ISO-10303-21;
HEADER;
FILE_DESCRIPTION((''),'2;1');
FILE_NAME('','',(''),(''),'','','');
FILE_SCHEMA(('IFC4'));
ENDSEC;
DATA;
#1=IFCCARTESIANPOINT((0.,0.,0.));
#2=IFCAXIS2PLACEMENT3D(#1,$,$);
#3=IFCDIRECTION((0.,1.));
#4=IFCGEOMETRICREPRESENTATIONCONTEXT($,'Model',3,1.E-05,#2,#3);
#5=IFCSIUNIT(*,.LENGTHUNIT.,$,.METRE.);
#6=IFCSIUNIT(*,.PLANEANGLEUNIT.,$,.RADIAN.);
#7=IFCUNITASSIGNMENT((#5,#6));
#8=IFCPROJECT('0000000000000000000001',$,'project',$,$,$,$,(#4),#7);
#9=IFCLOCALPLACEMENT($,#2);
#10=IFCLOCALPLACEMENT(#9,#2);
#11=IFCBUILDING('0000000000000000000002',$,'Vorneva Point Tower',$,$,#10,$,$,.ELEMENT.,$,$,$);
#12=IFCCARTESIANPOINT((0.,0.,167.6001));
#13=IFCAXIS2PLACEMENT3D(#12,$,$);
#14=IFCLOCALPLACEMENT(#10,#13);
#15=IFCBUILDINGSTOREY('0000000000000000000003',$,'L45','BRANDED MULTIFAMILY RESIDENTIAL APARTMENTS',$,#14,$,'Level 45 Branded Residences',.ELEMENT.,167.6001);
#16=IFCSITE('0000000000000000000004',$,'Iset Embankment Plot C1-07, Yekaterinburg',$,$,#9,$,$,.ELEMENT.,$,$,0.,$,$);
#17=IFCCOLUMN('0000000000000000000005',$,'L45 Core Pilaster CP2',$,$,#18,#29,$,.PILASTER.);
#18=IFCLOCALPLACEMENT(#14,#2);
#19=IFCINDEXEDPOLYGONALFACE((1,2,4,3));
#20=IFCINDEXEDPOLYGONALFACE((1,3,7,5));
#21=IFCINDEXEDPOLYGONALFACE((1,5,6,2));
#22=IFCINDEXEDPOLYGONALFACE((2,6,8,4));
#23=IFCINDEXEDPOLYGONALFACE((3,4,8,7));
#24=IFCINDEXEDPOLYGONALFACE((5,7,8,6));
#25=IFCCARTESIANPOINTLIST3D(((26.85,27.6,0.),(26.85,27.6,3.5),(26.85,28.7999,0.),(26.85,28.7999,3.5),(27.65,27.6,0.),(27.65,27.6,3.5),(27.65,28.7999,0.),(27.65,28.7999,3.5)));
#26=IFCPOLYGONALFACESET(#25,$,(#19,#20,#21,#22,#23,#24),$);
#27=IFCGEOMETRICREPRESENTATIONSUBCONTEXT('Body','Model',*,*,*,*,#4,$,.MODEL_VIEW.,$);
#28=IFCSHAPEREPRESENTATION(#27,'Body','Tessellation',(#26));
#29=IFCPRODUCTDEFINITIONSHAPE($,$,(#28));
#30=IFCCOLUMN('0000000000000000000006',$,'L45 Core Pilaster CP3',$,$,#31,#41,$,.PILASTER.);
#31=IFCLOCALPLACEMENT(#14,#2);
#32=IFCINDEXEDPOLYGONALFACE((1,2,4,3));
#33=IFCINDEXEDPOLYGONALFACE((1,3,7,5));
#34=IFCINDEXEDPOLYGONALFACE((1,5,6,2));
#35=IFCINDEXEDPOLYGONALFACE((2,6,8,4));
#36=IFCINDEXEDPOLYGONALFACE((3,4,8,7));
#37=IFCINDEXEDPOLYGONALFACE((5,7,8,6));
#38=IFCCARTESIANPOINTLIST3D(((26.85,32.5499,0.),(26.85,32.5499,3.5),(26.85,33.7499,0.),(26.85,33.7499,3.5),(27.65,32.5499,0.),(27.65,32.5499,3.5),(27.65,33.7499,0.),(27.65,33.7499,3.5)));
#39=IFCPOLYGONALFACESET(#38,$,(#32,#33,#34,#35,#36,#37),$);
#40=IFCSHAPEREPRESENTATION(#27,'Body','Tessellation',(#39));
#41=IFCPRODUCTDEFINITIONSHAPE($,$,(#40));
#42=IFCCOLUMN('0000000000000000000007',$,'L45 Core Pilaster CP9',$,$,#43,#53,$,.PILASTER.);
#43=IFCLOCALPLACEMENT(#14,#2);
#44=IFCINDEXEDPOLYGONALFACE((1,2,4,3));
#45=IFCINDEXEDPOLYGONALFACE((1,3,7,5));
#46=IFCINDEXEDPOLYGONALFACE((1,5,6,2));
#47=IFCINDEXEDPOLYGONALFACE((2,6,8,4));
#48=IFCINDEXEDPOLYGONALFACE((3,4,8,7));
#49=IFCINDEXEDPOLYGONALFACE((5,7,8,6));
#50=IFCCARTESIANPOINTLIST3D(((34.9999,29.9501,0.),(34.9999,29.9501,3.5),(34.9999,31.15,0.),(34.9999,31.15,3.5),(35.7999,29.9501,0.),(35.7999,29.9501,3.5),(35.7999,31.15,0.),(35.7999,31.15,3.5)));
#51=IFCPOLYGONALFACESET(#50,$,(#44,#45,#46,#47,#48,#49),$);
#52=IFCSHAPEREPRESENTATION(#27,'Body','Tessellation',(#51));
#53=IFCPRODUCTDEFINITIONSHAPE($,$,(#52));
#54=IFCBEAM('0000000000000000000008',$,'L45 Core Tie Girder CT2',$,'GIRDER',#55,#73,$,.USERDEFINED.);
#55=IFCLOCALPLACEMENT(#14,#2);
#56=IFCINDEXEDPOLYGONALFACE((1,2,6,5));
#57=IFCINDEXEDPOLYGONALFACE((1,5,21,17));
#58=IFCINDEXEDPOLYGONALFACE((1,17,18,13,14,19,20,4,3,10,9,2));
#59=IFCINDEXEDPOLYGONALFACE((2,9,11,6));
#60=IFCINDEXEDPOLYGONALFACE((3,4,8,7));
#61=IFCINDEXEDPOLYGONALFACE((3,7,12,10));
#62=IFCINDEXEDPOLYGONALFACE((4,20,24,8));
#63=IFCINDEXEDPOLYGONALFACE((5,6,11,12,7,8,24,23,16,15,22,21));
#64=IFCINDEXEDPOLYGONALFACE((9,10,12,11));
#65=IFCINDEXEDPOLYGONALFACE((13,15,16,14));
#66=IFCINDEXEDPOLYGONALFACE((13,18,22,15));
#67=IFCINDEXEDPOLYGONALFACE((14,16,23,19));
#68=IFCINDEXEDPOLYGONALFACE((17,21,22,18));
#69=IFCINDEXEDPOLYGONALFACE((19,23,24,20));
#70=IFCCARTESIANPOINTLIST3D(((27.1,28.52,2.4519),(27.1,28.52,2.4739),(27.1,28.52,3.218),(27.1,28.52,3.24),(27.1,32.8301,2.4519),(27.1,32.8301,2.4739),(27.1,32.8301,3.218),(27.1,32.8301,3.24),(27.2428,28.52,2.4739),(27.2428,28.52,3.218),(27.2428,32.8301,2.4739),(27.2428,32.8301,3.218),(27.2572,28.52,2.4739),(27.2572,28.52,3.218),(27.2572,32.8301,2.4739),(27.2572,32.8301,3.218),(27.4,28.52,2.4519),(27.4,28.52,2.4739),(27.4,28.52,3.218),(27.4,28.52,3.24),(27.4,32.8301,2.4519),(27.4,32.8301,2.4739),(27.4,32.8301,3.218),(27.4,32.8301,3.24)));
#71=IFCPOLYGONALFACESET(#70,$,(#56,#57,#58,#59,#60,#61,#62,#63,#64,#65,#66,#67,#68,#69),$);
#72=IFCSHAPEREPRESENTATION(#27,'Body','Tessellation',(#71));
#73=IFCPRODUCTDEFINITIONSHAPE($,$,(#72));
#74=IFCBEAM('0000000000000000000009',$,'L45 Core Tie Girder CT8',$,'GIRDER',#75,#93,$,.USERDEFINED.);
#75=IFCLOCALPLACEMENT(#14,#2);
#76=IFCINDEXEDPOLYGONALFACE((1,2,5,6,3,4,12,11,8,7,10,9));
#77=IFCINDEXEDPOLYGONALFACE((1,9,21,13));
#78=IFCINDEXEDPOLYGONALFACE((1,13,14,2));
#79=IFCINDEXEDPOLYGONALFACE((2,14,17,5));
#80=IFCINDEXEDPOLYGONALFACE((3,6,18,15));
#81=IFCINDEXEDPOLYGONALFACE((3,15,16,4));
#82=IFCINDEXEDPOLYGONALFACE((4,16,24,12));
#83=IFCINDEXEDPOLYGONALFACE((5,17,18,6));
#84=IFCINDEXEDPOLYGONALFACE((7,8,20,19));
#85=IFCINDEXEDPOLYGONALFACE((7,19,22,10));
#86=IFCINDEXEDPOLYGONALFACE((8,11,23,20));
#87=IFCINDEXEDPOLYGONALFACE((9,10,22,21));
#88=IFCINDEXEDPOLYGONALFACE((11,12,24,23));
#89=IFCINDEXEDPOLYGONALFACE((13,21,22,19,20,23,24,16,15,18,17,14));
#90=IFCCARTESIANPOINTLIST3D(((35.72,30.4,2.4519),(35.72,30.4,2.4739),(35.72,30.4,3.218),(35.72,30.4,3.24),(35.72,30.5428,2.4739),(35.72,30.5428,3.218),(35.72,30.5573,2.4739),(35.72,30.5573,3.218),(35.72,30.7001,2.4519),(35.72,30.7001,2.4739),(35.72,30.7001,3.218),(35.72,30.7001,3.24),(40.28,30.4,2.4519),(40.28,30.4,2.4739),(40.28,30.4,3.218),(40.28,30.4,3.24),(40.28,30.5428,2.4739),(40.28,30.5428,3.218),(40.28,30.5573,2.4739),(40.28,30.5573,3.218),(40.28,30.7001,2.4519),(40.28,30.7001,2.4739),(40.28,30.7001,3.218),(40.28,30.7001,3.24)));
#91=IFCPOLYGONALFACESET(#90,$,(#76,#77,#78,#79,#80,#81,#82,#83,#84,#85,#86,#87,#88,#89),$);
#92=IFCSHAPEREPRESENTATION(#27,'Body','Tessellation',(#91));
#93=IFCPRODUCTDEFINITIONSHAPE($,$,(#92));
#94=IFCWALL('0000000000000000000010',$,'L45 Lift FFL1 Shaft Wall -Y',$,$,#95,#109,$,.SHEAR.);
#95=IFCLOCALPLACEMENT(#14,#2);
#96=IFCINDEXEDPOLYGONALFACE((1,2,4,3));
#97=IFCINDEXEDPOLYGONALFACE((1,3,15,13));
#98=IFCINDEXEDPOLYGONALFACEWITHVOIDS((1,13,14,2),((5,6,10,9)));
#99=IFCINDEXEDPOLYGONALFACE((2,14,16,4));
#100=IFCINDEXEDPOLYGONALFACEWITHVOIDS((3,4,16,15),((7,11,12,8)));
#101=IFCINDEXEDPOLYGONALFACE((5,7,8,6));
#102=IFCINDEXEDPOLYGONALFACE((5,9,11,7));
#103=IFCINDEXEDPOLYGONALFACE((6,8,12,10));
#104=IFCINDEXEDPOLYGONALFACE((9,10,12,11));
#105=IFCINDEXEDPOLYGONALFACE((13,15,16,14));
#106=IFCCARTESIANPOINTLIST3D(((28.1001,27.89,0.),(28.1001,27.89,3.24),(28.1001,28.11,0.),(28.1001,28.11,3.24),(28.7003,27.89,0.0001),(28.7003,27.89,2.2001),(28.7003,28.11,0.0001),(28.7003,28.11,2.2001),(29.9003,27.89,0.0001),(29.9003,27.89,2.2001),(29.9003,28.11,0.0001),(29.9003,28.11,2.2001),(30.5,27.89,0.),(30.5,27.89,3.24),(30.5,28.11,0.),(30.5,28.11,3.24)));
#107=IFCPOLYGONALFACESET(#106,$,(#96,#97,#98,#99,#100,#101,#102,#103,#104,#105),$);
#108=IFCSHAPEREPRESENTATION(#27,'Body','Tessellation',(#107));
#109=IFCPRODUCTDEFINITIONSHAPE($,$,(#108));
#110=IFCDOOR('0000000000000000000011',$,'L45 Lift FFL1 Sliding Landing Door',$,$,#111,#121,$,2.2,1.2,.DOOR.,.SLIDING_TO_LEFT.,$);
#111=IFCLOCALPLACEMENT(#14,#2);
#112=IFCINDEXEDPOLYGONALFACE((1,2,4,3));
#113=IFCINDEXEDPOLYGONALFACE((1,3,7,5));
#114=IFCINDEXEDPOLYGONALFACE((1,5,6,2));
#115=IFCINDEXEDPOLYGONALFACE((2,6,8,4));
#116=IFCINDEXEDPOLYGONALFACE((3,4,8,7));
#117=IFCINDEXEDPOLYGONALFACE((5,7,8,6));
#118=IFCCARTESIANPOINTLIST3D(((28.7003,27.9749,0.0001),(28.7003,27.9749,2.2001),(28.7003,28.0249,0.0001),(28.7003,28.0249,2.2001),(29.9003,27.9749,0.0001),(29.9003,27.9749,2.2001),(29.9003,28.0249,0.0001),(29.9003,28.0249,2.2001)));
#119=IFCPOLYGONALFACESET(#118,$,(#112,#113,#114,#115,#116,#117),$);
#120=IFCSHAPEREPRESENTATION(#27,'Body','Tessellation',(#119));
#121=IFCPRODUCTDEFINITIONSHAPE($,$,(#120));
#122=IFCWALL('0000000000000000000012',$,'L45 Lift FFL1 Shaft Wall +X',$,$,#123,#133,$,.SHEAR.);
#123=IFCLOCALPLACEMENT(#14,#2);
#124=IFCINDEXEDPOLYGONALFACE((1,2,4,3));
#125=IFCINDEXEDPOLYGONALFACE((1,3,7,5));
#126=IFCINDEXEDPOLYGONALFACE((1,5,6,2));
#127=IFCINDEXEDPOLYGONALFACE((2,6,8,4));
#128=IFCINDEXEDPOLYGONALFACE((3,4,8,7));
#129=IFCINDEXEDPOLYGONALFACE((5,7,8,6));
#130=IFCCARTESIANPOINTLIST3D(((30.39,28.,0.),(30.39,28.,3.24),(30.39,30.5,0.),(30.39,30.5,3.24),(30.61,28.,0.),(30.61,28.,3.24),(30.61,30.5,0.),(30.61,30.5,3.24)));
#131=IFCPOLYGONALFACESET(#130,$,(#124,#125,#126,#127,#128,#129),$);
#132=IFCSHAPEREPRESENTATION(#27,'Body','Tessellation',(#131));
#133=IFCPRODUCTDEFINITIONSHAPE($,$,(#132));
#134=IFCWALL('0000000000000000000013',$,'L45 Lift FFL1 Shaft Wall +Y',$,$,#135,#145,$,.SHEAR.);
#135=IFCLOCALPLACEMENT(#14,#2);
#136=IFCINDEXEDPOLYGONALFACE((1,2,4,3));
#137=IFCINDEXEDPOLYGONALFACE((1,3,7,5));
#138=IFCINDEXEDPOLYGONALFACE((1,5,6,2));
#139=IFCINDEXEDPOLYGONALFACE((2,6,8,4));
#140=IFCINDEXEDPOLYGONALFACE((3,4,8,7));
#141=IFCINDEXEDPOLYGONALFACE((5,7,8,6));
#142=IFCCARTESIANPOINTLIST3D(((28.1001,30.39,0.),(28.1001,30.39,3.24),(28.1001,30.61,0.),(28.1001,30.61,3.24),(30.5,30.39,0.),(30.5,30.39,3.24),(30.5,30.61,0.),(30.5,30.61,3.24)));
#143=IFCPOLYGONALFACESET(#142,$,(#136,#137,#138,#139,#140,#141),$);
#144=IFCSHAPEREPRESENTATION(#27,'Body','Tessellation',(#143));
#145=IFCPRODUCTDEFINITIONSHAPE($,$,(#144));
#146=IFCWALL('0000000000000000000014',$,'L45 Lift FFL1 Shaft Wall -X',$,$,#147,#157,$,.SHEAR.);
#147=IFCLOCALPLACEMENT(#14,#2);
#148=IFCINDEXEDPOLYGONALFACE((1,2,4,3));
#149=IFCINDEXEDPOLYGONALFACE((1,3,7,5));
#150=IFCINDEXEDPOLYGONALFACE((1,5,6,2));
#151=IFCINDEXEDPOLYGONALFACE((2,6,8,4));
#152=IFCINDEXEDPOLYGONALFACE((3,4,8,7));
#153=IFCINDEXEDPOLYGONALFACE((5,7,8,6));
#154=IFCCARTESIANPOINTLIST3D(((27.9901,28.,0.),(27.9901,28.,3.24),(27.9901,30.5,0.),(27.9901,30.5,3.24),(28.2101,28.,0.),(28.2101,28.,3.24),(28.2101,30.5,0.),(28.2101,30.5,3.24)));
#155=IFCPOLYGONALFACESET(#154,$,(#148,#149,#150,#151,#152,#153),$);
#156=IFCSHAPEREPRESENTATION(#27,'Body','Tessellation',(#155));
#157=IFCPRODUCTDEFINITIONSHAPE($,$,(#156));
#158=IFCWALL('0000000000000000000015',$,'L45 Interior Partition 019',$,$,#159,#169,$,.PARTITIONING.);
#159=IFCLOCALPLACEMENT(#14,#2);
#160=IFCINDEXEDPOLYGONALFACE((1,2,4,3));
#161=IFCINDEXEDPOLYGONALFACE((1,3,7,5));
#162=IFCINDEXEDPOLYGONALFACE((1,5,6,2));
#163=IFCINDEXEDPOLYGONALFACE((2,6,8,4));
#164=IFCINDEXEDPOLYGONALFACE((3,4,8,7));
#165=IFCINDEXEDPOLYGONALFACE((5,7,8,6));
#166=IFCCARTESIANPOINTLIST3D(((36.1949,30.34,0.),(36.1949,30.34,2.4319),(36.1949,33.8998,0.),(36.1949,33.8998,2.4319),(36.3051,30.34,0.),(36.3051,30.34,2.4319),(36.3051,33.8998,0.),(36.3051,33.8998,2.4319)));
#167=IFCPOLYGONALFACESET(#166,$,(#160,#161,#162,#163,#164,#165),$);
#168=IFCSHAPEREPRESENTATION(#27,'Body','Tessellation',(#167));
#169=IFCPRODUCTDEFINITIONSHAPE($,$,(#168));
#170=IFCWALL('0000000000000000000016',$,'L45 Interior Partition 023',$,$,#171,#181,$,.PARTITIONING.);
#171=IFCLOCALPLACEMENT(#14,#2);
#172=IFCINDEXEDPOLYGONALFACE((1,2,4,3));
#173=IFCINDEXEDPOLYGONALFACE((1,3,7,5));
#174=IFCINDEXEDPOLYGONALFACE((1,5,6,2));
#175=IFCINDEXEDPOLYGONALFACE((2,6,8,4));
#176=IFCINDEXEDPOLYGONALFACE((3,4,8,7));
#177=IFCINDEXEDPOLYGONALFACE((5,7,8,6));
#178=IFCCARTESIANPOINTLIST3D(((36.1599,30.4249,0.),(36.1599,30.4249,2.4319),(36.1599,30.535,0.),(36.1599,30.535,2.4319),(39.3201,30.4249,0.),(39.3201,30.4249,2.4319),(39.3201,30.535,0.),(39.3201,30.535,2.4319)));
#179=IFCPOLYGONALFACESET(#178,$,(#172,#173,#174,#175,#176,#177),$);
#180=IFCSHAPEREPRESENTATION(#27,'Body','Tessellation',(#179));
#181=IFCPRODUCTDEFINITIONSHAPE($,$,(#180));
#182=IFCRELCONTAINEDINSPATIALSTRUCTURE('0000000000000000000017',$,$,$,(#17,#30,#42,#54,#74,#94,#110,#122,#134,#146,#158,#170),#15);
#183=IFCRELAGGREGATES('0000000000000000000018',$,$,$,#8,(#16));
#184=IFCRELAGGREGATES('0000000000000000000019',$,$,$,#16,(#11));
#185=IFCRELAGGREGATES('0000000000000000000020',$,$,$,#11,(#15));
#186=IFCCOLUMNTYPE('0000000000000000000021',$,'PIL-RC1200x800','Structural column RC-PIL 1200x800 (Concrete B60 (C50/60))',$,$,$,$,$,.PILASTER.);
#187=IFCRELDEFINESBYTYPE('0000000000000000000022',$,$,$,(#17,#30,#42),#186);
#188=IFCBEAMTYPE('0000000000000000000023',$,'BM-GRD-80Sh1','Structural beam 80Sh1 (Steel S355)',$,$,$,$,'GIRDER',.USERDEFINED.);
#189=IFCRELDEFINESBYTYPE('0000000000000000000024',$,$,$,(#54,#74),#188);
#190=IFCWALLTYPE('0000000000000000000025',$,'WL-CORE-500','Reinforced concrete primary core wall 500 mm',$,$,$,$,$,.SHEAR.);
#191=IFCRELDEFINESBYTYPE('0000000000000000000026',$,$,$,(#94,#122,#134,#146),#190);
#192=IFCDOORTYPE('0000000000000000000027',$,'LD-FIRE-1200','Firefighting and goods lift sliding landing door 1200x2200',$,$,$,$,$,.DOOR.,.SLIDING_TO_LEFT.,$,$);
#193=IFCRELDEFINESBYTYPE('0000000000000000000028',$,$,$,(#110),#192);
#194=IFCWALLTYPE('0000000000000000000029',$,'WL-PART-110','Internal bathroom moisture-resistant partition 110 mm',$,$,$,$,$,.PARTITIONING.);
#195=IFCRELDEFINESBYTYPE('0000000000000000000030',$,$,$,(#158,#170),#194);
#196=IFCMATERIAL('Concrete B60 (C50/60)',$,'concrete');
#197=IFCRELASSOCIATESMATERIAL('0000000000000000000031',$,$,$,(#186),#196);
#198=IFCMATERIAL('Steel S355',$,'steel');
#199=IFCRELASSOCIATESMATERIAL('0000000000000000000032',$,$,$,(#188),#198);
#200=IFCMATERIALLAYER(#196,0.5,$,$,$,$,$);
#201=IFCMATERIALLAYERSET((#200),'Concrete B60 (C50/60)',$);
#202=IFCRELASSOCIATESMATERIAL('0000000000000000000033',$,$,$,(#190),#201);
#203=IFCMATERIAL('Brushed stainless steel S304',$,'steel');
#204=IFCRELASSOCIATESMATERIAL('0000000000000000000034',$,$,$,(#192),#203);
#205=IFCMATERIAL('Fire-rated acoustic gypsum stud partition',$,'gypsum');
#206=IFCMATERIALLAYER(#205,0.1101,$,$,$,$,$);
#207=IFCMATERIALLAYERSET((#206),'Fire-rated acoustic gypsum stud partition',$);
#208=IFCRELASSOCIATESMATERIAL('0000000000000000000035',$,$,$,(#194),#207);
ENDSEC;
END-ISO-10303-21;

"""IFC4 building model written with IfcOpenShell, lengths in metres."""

from ifc_helpers import new_model, si_unit, direction, frame, frame_2d, origin, origin_2d, place, context, subcontext, project, spatial, rectangle, i_section, extrude, material, layer, layer_set, material_profile, profile_set, type_object, element, fill, save


model = new_model("IFC4")

# Units and contexts
model_context = context("Model", 3, precision=1e-05, world=origin(), true_north=direction((0.0, 1.0)))
body_context = subcontext(model_context, "Body", "Model", "MODEL_VIEW")
ifc_project = project(units=[si_unit("LENGTHUNIT", "METRE"), si_unit("PLANEANGLEUNIT", "RADIAN")], contexts=[model_context])

# Site, building, storey
site_placement = place(None, origin())
site = spatial("IfcSite", under=ifc_project, at=site_placement, Name="Iset Embankment Plot C1-07, Yekaterinburg", CompositionType="ELEMENT", RefElevation=0.0)
building_placement = place(site_placement, origin())
building = spatial("IfcBuilding", under=site, at=building_placement, Name="Vorneva Point Tower", CompositionType="ELEMENT")
storey_placement = place(building_placement, frame((0.0, 0.0, 167.6001)))
storey = spatial("IfcBuildingStorey", under=building, at=storey_placement, Name="L45", Description="BRANDED MULTIFAMILY RESIDENTIAL APARTMENTS", LongName="Level 45 Branded Residences", CompositionType="ELEMENT", Elevation=167.6001)

# Columns
ifc_material_1 = material(Name="Concrete B60 (C50/60)", Category="concrete")
ifc_material_profile_1 = material_profile(ifc_material_1, rectangle(XDim=0.8, YDim=1.2, at=origin_2d()), Name="RC-PIL 1200x800")
ifc_profile_set_1 = profile_set([ifc_material_profile_1], Name="Concrete B60 (C50/60)")
column_type = type_object("IfcColumnType", Name="PIL-RC1200x800", Description="Structural column RC-PIL 1200x800 (Concrete B60 (C50/60))", PredefinedType="PILASTER", material=ifc_profile_set_1)
for number, where, z_axis, x_axis, name in (
    (1, (27.25, 28.2, 0.0), (0.0, 0.0, 1.0), (1.0, 0.0, 0.0), "L45 Core Pilaster CP2"),
    (2, (27.25, 33.1499, 0.0), (0.0, 0.0, 1.0), (1.0, 0.0, 0.0), "L45 Core Pilaster CP3"),
    (3, (35.3999, 30.55, 0.0), (0.0, 0.0, 1.0), (1.0, 0.0, 0.0), "L45 Core Pilaster CP9"),
):
    element("IfcColumn", number, at=place(storey_placement, frame(where, z_axis=z_axis, x_axis=x_axis)), inside=storey, type_object=column_type, Name=name, PredefinedType="PILASTER", context=body_context, shape_type="SweptSolid", body=[
        extrude(rectangle(XDim=0.8, YDim=1.2, at=origin_2d()), origin(), (0.0, 0.0, 1.0), 3.5),
    ])

# Beams
ifc_material_2 = material(Name="Steel S355", Category="steel")
ifc_material_profile_2 = material_profile(ifc_material_2, i_section(OverallWidth=0.3, OverallDepth=0.7881, WebThickness=0.0144, FlangeThickness=0.022, at=origin_2d()), Name="80Sh1")
ifc_profile_set_2 = profile_set([ifc_material_profile_2], Name="Steel S355")
beam_type = type_object("IfcBeamType", Name="BM-GRD-80Sh1", Description="Structural beam 80Sh1 (Steel S355)", ElementType="GIRDER", PredefinedType="USERDEFINED", material=ifc_profile_set_2)
beam_1_placement = place(storey_placement, frame((27.25, 28.52, 2.8459), z_axis=(0.0, 1.0, 0.0), x_axis=(-1.0, 0.0, 0.0)))
element("IfcBeam", 4, at=beam_1_placement, inside=storey, type_object=beam_type, Name="L45 Core Tie Girder CT2", ObjectType="GIRDER", PredefinedType="USERDEFINED", context=body_context, shape_type="SweptSolid", body=[
    extrude(i_section(OverallWidth=0.3, OverallDepth=0.7881, WebThickness=0.0144, FlangeThickness=0.022, at=origin_2d()), origin(), (0.0, 0.0, 1.0), 4.3101),
])
beam_2_placement = place(storey_placement, frame((35.72, 30.55, 2.8459), z_axis=(1.0, 0.0, 0.0), x_axis=(0.0, 1.0, 0.0)))
element("IfcBeam", 5, at=beam_2_placement, inside=storey, type_object=beam_type, Name="L45 Core Tie Girder CT8", ObjectType="GIRDER", PredefinedType="USERDEFINED", context=body_context, shape_type="SweptSolid", body=[
    extrude(i_section(OverallWidth=0.3, OverallDepth=0.7881, WebThickness=0.0144, FlangeThickness=0.022, at=origin_2d()), origin(), (0.0, 0.0, 1.0), 4.5601),
])

# Wall, opening, door
ifc_layer_1 = layer(ifc_material_1, 0.5)
ifc_layer_set_1 = layer_set([ifc_layer_1], Name="Concrete B60 (C50/60)")
wall_type_1 = type_object("IfcWallType", Name="WL-CORE-500", Description="Reinforced concrete primary core wall 500 mm", PredefinedType="SHEAR", material=ifc_layer_set_1)
wall_1_placement = place(storey_placement, frame((28.1001, 28.0, 0.0), z_axis=(0.0, 0.0, 1.0), x_axis=(1.0, 0.0, 0.0)))
wall_1 = element("IfcWall", 6, at=wall_1_placement, inside=storey, type_object=wall_type_1, Name="L45 Lift FFL1 Shaft Wall -Y", PredefinedType="SHEAR", context=body_context, shape_type="SweptSolid", body=[
    extrude(rectangle(XDim=2.3999, YDim=0.22, at=frame_2d((1.2, 0.0))), origin(), (0.0, 0.0, 1.0), 3.24),
])
opening_1_placement = place(wall_1_placement, frame((0.6001, 0.0, 0.0)))
opening_1 = element("IfcOpeningElement", 7, at=opening_1_placement, cuts=wall_1, PredefinedType="OPENING", context=body_context, shape_type="SweptSolid", body=[
    extrude(rectangle(XDim=1.2, YDim=2.2, at=frame_2d((0.6001, 1.1001))), frame((0.0, 0.125, 0.0), z_axis=(0.0, -1.0, 0.0), x_axis=(1.0, 0.0, 0.0)), (0.0, 0.0, 1.0), 0.2498),
])
ifc_material_3 = material(Name="Brushed stainless steel S304", Category="steel")
door_type_1 = type_object("IfcDoorType", Name="LD-FIRE-1200", Description="Firefighting and goods lift sliding landing door 1200x2200", OperationType="SLIDING_TO_LEFT", PredefinedType="DOOR", material=ifc_material_3)
door_1_placement = place(opening_1_placement, origin())
door_1 = element("IfcDoor", 8, at=door_1_placement, inside=storey, type_object=door_type_1, Name="L45 Lift FFL1 Sliding Landing Door", OperationType="SLIDING_TO_LEFT", OverallHeight=2.2, OverallWidth=1.2, PredefinedType="DOOR", context=body_context, shape_type="SweptSolid", body=[
    extrude(rectangle(XDim=1.2, YDim=2.2, at=frame_2d((0.6001, 1.1001))), frame((0.0, 0.0249, 0.0), z_axis=(0.0, -1.0, 0.0), x_axis=(1.0, 0.0, 0.0)), (0.0, 0.0, 1.0), 0.05),
])
fill(opening_1, door_1)

# Walls
wall_2_placement = place(storey_placement, frame((30.5, 28.0, 0.0), z_axis=(0.0, 0.0, 1.0), x_axis=(0.0, 1.0, 0.0)))
element("IfcWall", 9, at=wall_2_placement, inside=storey, type_object=wall_type_1, Name="L45 Lift FFL1 Shaft Wall +X", PredefinedType="SHEAR", context=body_context, shape_type="SweptSolid", body=[
    extrude(rectangle(XDim=2.5, YDim=0.22, at=frame_2d((1.25, 0.0))), origin(), (0.0, 0.0, 1.0), 3.24),
])
wall_3_placement = place(storey_placement, frame((30.5, 30.5, 0.0), z_axis=(0.0, 0.0, 1.0), x_axis=(-1.0, 0.0, 0.0)))
element("IfcWall", 10, at=wall_3_placement, inside=storey, type_object=wall_type_1, Name="L45 Lift FFL1 Shaft Wall +Y", PredefinedType="SHEAR", context=body_context, shape_type="SweptSolid", body=[
    extrude(rectangle(XDim=2.3999, YDim=0.22, at=frame_2d((1.2, 0.0))), origin(), (0.0, 0.0, 1.0), 3.24),
])
wall_4_placement = place(storey_placement, frame((28.1001, 30.5, 0.0), z_axis=(0.0, 0.0, 1.0), x_axis=(0.0, -1.0, 0.0)))
element("IfcWall", 11, at=wall_4_placement, inside=storey, type_object=wall_type_1, Name="L45 Lift FFL1 Shaft Wall -X", PredefinedType="SHEAR", context=body_context, shape_type="SweptSolid", body=[
    extrude(rectangle(XDim=2.5, YDim=0.22, at=frame_2d((1.25, 0.0))), origin(), (0.0, 0.0, 1.0), 3.24),
])
ifc_material_4 = material(Name="Fire-rated acoustic gypsum stud partition", Category="gypsum")
ifc_layer_2 = layer(ifc_material_4, 0.1101)
ifc_layer_set_2 = layer_set([ifc_layer_2], Name="Fire-rated acoustic gypsum stud partition")
wall_type_2 = type_object("IfcWallType", Name="WL-PART-110", Description="Internal bathroom moisture-resistant partition 110 mm", PredefinedType="PARTITIONING", material=ifc_layer_set_2)
wall_5_placement = place(storey_placement, frame((36.25, 30.3401, 0.0), z_axis=(0.0, 0.0, 1.0), x_axis=(0.0, 1.0, 0.0)))
element("IfcWall", 12, at=wall_5_placement, inside=storey, type_object=wall_type_2, Name="L45 Interior Partition 019", PredefinedType="PARTITIONING", context=body_context, shape_type="SweptSolid", body=[
    extrude(rectangle(XDim=3.5598, YDim=0.1101, at=frame_2d((1.7798, 0.0))), origin(), (0.0, 0.0, 1.0), 2.4319),
])
wall_6_placement = place(storey_placement, frame((36.1599, 30.48, 0.0), z_axis=(0.0, 0.0, 1.0), x_axis=(1.0, 0.0, 0.0)))
element("IfcWall", 13, at=wall_6_placement, inside=storey, type_object=wall_type_2, Name="L45 Interior Partition 023", PredefinedType="PARTITIONING", context=body_context, shape_type="SweptSolid", body=[
    extrude(rectangle(XDim=3.1602, YDim=0.1101, at=frame_2d((1.5801, 0.0))), origin(), (0.0, 0.0, 1.0), 2.4319),
])

save(model, "model.ifc")
